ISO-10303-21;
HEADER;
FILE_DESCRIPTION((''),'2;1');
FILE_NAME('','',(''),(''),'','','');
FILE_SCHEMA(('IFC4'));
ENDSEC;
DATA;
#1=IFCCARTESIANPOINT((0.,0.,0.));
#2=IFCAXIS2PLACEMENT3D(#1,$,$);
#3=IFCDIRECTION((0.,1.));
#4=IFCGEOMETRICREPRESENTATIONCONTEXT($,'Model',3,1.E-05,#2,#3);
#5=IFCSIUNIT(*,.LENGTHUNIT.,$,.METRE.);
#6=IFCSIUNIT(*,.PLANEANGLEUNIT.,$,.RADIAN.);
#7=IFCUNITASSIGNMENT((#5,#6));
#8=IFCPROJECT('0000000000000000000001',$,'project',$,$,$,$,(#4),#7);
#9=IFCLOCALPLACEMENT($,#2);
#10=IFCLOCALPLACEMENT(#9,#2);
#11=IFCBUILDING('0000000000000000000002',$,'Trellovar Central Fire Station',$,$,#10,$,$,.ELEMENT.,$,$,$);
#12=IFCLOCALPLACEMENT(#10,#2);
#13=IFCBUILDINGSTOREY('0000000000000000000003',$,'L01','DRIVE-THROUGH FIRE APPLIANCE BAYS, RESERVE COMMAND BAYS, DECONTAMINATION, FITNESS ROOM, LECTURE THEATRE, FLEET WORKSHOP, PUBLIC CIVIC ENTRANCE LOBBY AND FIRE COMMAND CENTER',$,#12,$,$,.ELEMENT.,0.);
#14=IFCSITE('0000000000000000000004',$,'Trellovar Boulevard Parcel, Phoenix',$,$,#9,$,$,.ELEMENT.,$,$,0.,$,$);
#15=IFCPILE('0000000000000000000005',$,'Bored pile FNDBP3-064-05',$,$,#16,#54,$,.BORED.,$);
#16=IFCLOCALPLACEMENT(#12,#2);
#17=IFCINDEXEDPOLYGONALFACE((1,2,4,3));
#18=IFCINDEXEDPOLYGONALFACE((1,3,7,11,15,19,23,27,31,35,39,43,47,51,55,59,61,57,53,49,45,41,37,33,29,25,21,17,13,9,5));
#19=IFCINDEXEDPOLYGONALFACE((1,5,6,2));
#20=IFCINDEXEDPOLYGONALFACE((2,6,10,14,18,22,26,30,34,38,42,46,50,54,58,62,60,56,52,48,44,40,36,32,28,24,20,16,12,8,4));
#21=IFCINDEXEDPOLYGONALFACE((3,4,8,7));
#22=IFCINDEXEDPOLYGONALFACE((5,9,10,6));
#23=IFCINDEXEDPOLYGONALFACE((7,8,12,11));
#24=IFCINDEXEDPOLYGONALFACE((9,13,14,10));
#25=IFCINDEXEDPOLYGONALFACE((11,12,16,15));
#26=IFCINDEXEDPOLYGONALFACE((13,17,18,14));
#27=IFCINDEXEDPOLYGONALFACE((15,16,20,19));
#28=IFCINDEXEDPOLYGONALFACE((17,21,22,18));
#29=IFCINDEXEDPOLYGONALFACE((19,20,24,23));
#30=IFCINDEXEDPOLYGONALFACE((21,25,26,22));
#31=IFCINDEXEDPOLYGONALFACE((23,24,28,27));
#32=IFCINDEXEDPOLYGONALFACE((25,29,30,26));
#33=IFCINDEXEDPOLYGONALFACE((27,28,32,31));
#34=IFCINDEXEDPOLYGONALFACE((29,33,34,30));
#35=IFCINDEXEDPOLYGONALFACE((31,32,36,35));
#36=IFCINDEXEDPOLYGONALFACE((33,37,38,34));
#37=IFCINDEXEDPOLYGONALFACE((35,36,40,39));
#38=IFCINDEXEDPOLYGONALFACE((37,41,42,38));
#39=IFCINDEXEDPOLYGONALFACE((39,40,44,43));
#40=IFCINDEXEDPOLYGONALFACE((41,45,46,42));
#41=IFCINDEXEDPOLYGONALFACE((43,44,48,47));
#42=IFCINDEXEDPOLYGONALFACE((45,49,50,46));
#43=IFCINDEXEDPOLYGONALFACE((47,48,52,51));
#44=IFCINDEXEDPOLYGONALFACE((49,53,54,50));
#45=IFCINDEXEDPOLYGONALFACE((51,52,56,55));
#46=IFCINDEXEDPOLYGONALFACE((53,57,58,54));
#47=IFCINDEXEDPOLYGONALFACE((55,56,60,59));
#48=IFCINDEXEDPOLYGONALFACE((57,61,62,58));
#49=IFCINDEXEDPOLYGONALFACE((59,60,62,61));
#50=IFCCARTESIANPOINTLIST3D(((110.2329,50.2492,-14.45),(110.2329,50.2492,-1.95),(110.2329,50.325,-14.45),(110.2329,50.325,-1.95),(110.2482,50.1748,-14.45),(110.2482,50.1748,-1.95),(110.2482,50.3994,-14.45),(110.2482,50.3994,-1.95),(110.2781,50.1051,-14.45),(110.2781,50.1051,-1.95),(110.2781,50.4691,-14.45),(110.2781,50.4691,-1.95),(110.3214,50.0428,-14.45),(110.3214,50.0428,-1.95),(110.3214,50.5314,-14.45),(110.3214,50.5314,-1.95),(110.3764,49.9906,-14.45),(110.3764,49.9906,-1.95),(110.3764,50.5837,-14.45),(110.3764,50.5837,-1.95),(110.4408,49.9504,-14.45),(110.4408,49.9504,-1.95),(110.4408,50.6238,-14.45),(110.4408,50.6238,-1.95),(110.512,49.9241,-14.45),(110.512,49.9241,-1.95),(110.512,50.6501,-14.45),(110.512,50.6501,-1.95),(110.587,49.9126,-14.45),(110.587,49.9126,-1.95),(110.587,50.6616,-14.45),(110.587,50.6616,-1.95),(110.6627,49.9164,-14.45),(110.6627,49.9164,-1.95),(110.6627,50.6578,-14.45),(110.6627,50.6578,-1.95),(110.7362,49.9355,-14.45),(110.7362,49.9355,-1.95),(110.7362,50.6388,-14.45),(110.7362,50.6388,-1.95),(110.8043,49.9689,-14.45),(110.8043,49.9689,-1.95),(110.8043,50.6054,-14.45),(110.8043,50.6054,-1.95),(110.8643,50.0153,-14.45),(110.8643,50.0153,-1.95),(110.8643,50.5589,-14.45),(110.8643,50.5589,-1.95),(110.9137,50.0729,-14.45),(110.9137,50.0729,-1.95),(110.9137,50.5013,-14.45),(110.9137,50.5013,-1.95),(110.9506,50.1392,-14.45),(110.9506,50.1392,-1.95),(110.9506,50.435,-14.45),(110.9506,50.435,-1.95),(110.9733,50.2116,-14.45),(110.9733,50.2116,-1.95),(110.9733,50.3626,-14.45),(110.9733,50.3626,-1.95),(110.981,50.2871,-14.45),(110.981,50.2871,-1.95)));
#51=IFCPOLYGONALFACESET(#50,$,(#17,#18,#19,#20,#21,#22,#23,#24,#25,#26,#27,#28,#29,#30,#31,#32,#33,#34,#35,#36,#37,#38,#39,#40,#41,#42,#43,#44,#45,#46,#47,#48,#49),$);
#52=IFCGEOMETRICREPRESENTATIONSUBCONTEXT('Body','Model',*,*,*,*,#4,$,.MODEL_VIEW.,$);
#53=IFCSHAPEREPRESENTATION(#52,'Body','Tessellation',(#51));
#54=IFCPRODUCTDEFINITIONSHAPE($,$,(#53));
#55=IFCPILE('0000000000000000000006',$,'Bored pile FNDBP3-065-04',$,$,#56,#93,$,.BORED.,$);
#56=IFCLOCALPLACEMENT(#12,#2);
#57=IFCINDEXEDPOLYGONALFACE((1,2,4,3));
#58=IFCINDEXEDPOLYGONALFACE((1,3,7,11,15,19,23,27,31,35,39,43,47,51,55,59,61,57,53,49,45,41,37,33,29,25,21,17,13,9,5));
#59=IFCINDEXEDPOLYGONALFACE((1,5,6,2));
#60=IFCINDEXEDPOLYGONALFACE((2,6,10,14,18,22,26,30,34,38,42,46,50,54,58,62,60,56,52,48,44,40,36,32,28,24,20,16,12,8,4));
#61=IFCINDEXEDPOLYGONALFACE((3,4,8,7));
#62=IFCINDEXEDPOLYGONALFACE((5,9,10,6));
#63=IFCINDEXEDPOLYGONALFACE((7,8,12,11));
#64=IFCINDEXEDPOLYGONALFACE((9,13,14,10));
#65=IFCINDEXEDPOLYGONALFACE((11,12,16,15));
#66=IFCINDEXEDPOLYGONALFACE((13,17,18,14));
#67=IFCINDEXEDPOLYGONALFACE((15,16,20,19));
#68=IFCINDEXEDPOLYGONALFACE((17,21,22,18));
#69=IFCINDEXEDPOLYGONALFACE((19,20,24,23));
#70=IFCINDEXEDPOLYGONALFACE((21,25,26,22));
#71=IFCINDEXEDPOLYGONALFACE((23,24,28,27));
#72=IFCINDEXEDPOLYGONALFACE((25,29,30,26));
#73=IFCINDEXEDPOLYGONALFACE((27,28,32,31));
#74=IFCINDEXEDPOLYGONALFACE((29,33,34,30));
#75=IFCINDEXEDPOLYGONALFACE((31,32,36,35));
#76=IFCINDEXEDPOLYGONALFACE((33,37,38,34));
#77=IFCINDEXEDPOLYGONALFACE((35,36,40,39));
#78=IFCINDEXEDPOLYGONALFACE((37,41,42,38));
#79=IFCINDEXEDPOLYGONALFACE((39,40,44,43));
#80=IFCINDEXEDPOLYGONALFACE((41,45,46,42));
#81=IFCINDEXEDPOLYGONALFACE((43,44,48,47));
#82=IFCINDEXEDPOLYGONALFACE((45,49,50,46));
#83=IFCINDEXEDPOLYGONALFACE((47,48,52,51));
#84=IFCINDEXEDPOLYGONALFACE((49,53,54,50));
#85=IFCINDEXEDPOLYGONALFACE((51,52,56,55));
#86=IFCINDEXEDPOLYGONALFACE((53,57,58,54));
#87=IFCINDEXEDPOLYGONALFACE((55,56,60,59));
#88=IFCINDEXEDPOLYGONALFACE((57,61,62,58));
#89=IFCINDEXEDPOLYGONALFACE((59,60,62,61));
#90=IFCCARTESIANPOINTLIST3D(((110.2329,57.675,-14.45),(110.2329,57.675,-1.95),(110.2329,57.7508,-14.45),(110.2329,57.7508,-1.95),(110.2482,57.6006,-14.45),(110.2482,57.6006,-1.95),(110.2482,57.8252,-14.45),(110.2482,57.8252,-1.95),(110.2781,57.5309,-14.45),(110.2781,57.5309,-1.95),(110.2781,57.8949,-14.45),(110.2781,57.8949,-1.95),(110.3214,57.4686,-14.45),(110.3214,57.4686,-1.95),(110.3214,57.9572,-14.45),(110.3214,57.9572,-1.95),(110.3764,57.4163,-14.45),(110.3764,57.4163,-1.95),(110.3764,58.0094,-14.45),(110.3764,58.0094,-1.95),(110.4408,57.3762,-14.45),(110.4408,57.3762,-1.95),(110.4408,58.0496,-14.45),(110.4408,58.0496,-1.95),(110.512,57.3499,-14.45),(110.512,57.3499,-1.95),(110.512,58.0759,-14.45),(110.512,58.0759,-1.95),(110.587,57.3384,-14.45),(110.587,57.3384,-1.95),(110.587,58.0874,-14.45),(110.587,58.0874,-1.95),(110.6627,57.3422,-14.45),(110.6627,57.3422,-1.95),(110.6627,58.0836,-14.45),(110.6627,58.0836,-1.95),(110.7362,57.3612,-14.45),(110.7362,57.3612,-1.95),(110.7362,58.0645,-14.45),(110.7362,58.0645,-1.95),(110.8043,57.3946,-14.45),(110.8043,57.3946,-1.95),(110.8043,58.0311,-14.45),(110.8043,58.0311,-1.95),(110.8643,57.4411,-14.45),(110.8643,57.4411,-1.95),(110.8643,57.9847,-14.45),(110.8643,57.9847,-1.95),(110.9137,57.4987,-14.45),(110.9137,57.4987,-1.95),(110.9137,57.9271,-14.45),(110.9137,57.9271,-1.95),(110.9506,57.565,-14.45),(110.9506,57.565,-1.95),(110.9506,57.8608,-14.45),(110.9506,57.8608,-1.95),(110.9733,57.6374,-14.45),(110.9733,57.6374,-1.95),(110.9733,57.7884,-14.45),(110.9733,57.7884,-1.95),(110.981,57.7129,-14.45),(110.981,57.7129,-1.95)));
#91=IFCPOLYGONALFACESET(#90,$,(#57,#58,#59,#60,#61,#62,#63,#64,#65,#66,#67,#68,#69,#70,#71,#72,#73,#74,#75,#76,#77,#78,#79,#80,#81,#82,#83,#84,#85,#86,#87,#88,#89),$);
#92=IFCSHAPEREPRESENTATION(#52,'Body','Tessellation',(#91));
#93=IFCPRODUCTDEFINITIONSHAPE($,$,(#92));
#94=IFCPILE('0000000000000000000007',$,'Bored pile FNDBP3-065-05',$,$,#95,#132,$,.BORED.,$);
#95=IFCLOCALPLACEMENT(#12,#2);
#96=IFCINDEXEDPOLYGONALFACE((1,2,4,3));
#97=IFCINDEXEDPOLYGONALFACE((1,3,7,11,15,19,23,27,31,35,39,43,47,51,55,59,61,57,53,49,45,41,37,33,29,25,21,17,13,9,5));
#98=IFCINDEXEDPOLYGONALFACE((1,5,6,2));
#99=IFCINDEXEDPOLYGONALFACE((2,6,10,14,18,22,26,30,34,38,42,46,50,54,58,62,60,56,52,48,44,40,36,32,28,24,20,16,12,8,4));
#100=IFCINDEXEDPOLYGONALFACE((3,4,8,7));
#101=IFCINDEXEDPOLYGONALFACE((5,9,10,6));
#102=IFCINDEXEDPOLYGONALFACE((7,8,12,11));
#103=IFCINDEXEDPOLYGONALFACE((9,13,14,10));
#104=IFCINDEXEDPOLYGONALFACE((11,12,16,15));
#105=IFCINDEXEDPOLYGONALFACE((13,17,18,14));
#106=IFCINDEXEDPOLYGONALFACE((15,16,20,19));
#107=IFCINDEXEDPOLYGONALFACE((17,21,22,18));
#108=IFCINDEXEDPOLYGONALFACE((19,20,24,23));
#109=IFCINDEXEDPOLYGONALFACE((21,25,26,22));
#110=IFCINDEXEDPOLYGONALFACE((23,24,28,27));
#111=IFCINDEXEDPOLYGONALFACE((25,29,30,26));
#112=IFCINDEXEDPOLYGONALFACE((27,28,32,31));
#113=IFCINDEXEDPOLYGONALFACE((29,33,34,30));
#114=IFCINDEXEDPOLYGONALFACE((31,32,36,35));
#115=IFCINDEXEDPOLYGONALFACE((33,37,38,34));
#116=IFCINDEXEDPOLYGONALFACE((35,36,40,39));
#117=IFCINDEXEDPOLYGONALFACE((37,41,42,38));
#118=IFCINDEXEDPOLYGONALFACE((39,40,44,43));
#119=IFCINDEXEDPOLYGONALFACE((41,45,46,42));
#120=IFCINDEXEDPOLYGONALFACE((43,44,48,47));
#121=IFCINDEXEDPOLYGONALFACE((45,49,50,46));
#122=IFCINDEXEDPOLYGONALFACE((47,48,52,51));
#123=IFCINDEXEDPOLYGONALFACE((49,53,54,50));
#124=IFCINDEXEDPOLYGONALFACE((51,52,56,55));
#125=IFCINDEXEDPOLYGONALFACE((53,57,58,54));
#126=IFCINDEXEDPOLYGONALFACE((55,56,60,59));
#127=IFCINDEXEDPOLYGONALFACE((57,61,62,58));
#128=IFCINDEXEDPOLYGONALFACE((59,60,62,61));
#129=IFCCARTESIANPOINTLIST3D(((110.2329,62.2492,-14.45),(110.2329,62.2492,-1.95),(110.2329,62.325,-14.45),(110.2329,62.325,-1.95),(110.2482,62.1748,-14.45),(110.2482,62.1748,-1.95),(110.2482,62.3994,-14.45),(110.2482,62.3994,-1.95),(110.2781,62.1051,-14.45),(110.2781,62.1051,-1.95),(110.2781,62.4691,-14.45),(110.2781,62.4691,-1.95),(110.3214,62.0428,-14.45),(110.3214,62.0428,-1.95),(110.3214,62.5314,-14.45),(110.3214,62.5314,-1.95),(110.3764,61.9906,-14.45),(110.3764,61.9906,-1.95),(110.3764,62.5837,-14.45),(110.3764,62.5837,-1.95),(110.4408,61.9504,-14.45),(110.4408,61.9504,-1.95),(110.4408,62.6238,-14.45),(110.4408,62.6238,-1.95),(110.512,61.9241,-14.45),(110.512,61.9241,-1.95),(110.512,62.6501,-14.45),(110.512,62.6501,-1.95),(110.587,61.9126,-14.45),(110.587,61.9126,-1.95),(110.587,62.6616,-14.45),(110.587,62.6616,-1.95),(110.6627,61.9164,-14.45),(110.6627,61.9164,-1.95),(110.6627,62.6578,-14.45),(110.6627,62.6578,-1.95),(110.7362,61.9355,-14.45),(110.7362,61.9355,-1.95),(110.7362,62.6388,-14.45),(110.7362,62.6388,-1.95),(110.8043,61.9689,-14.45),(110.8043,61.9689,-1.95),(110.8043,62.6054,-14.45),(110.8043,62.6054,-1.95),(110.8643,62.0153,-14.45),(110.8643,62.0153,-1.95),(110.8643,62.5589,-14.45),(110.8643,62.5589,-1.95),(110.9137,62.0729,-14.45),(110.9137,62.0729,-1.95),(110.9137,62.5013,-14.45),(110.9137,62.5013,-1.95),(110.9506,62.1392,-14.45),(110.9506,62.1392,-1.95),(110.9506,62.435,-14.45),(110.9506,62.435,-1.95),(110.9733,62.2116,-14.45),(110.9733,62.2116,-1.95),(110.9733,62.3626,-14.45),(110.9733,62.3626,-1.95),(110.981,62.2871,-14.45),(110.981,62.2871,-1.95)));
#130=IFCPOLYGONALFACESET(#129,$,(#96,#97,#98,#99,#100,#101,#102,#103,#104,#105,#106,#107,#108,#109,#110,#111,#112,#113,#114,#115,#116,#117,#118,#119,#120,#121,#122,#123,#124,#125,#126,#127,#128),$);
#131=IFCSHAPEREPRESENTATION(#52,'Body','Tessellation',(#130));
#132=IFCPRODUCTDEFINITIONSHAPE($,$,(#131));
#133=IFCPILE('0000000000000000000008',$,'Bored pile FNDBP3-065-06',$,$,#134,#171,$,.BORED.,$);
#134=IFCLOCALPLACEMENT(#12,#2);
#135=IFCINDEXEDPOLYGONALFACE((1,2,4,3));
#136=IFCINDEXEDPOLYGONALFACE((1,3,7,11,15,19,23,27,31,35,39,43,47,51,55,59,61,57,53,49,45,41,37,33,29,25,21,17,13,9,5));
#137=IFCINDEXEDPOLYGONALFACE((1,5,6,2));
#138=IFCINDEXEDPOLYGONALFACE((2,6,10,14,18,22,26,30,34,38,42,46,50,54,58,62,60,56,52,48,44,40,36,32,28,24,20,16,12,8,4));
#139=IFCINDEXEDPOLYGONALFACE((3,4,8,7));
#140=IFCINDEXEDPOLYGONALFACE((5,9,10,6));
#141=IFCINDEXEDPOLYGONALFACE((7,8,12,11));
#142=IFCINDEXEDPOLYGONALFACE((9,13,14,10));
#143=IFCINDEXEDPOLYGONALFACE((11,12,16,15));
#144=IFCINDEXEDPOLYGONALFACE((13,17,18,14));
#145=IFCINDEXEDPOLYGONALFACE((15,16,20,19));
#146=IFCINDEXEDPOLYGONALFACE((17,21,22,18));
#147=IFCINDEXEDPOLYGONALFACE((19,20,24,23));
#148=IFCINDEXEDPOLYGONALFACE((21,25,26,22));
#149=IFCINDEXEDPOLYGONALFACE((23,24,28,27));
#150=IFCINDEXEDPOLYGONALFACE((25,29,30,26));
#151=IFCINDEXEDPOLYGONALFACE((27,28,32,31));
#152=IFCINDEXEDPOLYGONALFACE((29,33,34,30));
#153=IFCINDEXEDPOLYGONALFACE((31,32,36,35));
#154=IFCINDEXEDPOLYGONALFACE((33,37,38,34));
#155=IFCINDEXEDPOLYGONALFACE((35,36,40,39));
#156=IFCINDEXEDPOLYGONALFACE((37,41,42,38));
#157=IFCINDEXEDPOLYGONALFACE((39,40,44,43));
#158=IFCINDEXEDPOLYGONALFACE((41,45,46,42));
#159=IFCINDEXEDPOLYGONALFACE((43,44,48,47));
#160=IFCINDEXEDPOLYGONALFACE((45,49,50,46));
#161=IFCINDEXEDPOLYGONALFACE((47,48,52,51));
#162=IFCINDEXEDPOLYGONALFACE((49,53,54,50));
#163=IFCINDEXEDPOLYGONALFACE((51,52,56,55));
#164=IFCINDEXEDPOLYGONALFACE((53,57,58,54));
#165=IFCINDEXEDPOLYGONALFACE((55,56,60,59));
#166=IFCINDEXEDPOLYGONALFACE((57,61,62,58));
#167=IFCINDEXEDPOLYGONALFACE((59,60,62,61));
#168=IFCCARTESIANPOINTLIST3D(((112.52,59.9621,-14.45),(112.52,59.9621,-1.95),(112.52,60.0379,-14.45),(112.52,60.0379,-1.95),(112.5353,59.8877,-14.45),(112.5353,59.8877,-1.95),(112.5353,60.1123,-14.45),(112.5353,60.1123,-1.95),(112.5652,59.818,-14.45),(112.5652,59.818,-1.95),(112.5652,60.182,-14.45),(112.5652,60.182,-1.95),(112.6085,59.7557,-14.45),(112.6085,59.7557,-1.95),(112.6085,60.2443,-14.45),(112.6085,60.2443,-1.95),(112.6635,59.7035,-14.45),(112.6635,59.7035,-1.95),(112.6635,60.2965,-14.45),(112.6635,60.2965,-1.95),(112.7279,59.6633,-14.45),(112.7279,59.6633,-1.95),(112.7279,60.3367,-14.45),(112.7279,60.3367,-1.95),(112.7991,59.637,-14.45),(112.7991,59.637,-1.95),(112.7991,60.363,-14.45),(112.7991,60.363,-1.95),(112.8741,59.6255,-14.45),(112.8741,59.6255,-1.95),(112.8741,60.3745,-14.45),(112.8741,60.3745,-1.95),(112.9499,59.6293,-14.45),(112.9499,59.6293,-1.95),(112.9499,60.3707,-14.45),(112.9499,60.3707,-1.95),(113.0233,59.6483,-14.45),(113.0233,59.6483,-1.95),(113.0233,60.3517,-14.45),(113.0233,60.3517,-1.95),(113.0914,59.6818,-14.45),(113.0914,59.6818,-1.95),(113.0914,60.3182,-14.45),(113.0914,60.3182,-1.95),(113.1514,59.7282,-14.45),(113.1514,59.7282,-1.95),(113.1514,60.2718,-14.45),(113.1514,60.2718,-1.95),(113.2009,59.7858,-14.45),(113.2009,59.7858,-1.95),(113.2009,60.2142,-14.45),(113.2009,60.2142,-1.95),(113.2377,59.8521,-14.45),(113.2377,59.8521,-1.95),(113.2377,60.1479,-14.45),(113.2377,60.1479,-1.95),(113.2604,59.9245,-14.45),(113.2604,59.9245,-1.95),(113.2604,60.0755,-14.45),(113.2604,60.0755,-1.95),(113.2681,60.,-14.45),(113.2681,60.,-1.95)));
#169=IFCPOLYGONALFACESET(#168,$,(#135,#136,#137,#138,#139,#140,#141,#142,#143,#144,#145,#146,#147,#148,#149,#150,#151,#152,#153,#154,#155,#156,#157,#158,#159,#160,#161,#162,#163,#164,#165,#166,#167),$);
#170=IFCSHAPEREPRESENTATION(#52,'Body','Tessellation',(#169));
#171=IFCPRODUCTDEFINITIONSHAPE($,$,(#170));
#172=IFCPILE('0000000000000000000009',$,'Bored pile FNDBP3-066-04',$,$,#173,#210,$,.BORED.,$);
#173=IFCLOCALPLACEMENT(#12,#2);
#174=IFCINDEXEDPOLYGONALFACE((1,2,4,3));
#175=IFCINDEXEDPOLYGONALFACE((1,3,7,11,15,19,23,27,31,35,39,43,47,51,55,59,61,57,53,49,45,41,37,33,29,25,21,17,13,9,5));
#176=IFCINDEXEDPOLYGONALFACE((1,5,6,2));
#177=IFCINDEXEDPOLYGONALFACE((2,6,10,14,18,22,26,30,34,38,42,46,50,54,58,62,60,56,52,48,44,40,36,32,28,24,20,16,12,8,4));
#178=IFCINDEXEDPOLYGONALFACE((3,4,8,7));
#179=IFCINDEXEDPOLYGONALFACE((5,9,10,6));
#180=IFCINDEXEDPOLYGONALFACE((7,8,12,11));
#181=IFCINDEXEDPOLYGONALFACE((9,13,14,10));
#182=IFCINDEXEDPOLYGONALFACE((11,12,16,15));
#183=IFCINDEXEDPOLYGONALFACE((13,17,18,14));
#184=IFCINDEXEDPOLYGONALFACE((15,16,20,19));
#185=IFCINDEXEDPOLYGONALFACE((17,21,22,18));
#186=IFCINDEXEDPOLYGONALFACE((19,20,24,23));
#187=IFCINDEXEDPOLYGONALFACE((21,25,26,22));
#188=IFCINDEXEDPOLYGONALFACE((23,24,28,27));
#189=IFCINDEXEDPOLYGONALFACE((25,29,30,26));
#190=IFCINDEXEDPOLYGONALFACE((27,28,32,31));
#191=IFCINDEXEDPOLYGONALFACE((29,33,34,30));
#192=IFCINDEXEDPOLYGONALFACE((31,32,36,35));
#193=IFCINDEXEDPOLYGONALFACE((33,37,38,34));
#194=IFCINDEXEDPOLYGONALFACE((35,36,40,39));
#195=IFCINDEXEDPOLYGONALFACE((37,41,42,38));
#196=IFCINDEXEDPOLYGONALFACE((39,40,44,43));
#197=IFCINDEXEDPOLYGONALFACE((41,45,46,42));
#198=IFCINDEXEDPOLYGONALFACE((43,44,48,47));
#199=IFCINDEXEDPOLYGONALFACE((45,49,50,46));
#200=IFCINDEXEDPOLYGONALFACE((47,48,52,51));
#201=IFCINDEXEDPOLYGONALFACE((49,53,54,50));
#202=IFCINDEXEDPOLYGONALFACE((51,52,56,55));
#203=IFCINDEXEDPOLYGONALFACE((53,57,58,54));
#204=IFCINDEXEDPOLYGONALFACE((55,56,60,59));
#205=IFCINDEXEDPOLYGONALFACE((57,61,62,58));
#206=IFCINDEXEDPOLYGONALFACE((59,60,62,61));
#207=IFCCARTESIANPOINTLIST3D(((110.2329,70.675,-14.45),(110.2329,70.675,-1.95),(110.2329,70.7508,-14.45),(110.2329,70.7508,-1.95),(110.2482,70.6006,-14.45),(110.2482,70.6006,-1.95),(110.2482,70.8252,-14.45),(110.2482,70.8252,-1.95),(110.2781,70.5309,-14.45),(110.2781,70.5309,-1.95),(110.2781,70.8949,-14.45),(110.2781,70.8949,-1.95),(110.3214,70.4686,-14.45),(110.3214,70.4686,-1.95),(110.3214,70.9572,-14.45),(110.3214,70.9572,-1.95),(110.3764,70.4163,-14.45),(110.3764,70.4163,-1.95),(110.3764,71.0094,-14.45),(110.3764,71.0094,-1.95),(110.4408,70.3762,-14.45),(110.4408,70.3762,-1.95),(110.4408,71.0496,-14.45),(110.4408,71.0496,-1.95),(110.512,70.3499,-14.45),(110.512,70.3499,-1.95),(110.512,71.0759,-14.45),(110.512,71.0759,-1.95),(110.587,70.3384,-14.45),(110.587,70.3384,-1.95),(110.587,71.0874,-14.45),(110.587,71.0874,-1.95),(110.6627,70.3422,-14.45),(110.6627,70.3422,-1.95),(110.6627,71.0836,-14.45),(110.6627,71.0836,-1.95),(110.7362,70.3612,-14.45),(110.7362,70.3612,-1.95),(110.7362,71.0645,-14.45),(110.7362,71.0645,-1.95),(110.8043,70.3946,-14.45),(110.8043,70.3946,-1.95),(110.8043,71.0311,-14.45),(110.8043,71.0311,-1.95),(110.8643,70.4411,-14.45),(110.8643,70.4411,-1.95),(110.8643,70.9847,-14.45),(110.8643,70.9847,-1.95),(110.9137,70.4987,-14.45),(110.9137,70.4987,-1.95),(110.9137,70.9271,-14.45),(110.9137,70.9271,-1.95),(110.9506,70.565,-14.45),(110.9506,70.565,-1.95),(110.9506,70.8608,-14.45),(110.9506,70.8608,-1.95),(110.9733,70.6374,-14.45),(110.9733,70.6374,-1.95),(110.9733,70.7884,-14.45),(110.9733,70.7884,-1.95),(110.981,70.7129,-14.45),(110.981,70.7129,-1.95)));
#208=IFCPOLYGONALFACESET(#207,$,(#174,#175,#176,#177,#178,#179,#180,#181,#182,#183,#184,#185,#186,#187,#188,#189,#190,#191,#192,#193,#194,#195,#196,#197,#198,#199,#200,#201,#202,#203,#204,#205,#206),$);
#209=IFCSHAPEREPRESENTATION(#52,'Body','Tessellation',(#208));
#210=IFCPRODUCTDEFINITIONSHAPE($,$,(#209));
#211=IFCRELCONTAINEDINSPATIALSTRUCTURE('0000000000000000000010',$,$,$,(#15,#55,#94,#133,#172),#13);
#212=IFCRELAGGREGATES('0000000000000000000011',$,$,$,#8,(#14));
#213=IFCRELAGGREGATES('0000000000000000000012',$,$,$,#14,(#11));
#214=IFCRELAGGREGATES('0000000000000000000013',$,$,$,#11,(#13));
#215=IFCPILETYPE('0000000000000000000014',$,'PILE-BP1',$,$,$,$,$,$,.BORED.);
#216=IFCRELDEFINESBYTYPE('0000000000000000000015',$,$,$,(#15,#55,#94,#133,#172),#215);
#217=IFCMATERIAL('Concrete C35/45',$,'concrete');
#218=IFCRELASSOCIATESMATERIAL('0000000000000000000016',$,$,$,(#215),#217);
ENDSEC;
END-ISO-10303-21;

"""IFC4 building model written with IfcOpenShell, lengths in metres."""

from ifc_helpers import new_model, si_unit, direction, frame, origin, origin_2d, place, context, subcontext, project, spatial, circle, extrude, material, material_profile, profile_set, type_object, element, save


model = new_model("IFC4")

# Units and contexts
model_context = context("Model", 3, precision=1e-05, world=origin(), true_north=direction((0.0, 1.0)))
body_context = subcontext(model_context, "Body", "Model", "MODEL_VIEW")
ifc_project = project(units=[si_unit("LENGTHUNIT", "METRE"), si_unit("PLANEANGLEUNIT", "RADIAN")], contexts=[model_context])

# Site, building, storey
site_placement = place(None, origin())
site = spatial("IfcSite", under=ifc_project, at=site_placement, Name="Trellovar Boulevard Parcel, Phoenix", CompositionType="ELEMENT", RefElevation=0.0)
building_placement = place(site_placement, origin())
building = spatial("IfcBuilding", under=site, at=building_placement, Name="Trellovar Central Fire Station", CompositionType="ELEMENT")
storey_placement = place(building_placement, origin())
storey = spatial("IfcBuildingStorey", under=building, at=storey_placement, Name="L01", Description="DRIVE-THROUGH FIRE APPLIANCE BAYS, RESERVE COMMAND BAYS, DECONTAMINATION, FITNESS ROOM, LECTURE THEATRE, FLEET WORKSHOP, PUBLIC CIVIC ENTRANCE LOBBY AND FIRE COMMAND CENTER", CompositionType="ELEMENT", Elevation=0.0)

# Piles
ifc_material_1 = material(Name="Concrete C35/45", Category="concrete")
ifc_material_profile_1 = material_profile(ifc_material_1, circle(Radius=0.375, at=origin_2d()), Name="PILE750")
ifc_profile_set_1 = profile_set([ifc_material_profile_1], Name="Concrete C35/45")
pile_type_1 = type_object("IfcPileType", Name="PILE-BP1", PredefinedType="BORED", material=ifc_profile_set_1)
for number, where, z_axis, x_axis, name in (
    (1, (110.606, 50.2871, -1.95), (0.0, 0.0, -1.0), (1.0, 0.0, 0.0), "Bored pile FNDBP3-064-05"),
    (2, (110.606, 57.7129, -1.95), (0.0, 0.0, -1.0), (1.0, 0.0, 0.0), "Bored pile FNDBP3-065-04"),
    (3, (110.606, 62.2871, -1.95), (0.0, 0.0, -1.0), (1.0, 0.0, 0.0), "Bored pile FNDBP3-065-05"),
    (4, (112.8931, 60.0, -1.95), (0.0, 0.0, -1.0), (1.0, 0.0, 0.0), "Bored pile FNDBP3-065-06"),
    (5, (110.606, 70.7129, -1.95), (0.0, 0.0, -1.0), (1.0, 0.0, 0.0), "Bored pile FNDBP3-066-04"),
):
    element("IfcPile", number, at=place(storey_placement, frame(where, z_axis=z_axis, x_axis=x_axis)), inside=storey, type_object=pile_type_1, Name=name, PredefinedType="BORED", context=body_context, shape_type="SweptSolid", body=[
        extrude(circle(Radius=0.375, at=origin_2d()), origin(), (0.0, 0.0, 1.0), 12.5),
    ])

save(model, "model.ifc")
